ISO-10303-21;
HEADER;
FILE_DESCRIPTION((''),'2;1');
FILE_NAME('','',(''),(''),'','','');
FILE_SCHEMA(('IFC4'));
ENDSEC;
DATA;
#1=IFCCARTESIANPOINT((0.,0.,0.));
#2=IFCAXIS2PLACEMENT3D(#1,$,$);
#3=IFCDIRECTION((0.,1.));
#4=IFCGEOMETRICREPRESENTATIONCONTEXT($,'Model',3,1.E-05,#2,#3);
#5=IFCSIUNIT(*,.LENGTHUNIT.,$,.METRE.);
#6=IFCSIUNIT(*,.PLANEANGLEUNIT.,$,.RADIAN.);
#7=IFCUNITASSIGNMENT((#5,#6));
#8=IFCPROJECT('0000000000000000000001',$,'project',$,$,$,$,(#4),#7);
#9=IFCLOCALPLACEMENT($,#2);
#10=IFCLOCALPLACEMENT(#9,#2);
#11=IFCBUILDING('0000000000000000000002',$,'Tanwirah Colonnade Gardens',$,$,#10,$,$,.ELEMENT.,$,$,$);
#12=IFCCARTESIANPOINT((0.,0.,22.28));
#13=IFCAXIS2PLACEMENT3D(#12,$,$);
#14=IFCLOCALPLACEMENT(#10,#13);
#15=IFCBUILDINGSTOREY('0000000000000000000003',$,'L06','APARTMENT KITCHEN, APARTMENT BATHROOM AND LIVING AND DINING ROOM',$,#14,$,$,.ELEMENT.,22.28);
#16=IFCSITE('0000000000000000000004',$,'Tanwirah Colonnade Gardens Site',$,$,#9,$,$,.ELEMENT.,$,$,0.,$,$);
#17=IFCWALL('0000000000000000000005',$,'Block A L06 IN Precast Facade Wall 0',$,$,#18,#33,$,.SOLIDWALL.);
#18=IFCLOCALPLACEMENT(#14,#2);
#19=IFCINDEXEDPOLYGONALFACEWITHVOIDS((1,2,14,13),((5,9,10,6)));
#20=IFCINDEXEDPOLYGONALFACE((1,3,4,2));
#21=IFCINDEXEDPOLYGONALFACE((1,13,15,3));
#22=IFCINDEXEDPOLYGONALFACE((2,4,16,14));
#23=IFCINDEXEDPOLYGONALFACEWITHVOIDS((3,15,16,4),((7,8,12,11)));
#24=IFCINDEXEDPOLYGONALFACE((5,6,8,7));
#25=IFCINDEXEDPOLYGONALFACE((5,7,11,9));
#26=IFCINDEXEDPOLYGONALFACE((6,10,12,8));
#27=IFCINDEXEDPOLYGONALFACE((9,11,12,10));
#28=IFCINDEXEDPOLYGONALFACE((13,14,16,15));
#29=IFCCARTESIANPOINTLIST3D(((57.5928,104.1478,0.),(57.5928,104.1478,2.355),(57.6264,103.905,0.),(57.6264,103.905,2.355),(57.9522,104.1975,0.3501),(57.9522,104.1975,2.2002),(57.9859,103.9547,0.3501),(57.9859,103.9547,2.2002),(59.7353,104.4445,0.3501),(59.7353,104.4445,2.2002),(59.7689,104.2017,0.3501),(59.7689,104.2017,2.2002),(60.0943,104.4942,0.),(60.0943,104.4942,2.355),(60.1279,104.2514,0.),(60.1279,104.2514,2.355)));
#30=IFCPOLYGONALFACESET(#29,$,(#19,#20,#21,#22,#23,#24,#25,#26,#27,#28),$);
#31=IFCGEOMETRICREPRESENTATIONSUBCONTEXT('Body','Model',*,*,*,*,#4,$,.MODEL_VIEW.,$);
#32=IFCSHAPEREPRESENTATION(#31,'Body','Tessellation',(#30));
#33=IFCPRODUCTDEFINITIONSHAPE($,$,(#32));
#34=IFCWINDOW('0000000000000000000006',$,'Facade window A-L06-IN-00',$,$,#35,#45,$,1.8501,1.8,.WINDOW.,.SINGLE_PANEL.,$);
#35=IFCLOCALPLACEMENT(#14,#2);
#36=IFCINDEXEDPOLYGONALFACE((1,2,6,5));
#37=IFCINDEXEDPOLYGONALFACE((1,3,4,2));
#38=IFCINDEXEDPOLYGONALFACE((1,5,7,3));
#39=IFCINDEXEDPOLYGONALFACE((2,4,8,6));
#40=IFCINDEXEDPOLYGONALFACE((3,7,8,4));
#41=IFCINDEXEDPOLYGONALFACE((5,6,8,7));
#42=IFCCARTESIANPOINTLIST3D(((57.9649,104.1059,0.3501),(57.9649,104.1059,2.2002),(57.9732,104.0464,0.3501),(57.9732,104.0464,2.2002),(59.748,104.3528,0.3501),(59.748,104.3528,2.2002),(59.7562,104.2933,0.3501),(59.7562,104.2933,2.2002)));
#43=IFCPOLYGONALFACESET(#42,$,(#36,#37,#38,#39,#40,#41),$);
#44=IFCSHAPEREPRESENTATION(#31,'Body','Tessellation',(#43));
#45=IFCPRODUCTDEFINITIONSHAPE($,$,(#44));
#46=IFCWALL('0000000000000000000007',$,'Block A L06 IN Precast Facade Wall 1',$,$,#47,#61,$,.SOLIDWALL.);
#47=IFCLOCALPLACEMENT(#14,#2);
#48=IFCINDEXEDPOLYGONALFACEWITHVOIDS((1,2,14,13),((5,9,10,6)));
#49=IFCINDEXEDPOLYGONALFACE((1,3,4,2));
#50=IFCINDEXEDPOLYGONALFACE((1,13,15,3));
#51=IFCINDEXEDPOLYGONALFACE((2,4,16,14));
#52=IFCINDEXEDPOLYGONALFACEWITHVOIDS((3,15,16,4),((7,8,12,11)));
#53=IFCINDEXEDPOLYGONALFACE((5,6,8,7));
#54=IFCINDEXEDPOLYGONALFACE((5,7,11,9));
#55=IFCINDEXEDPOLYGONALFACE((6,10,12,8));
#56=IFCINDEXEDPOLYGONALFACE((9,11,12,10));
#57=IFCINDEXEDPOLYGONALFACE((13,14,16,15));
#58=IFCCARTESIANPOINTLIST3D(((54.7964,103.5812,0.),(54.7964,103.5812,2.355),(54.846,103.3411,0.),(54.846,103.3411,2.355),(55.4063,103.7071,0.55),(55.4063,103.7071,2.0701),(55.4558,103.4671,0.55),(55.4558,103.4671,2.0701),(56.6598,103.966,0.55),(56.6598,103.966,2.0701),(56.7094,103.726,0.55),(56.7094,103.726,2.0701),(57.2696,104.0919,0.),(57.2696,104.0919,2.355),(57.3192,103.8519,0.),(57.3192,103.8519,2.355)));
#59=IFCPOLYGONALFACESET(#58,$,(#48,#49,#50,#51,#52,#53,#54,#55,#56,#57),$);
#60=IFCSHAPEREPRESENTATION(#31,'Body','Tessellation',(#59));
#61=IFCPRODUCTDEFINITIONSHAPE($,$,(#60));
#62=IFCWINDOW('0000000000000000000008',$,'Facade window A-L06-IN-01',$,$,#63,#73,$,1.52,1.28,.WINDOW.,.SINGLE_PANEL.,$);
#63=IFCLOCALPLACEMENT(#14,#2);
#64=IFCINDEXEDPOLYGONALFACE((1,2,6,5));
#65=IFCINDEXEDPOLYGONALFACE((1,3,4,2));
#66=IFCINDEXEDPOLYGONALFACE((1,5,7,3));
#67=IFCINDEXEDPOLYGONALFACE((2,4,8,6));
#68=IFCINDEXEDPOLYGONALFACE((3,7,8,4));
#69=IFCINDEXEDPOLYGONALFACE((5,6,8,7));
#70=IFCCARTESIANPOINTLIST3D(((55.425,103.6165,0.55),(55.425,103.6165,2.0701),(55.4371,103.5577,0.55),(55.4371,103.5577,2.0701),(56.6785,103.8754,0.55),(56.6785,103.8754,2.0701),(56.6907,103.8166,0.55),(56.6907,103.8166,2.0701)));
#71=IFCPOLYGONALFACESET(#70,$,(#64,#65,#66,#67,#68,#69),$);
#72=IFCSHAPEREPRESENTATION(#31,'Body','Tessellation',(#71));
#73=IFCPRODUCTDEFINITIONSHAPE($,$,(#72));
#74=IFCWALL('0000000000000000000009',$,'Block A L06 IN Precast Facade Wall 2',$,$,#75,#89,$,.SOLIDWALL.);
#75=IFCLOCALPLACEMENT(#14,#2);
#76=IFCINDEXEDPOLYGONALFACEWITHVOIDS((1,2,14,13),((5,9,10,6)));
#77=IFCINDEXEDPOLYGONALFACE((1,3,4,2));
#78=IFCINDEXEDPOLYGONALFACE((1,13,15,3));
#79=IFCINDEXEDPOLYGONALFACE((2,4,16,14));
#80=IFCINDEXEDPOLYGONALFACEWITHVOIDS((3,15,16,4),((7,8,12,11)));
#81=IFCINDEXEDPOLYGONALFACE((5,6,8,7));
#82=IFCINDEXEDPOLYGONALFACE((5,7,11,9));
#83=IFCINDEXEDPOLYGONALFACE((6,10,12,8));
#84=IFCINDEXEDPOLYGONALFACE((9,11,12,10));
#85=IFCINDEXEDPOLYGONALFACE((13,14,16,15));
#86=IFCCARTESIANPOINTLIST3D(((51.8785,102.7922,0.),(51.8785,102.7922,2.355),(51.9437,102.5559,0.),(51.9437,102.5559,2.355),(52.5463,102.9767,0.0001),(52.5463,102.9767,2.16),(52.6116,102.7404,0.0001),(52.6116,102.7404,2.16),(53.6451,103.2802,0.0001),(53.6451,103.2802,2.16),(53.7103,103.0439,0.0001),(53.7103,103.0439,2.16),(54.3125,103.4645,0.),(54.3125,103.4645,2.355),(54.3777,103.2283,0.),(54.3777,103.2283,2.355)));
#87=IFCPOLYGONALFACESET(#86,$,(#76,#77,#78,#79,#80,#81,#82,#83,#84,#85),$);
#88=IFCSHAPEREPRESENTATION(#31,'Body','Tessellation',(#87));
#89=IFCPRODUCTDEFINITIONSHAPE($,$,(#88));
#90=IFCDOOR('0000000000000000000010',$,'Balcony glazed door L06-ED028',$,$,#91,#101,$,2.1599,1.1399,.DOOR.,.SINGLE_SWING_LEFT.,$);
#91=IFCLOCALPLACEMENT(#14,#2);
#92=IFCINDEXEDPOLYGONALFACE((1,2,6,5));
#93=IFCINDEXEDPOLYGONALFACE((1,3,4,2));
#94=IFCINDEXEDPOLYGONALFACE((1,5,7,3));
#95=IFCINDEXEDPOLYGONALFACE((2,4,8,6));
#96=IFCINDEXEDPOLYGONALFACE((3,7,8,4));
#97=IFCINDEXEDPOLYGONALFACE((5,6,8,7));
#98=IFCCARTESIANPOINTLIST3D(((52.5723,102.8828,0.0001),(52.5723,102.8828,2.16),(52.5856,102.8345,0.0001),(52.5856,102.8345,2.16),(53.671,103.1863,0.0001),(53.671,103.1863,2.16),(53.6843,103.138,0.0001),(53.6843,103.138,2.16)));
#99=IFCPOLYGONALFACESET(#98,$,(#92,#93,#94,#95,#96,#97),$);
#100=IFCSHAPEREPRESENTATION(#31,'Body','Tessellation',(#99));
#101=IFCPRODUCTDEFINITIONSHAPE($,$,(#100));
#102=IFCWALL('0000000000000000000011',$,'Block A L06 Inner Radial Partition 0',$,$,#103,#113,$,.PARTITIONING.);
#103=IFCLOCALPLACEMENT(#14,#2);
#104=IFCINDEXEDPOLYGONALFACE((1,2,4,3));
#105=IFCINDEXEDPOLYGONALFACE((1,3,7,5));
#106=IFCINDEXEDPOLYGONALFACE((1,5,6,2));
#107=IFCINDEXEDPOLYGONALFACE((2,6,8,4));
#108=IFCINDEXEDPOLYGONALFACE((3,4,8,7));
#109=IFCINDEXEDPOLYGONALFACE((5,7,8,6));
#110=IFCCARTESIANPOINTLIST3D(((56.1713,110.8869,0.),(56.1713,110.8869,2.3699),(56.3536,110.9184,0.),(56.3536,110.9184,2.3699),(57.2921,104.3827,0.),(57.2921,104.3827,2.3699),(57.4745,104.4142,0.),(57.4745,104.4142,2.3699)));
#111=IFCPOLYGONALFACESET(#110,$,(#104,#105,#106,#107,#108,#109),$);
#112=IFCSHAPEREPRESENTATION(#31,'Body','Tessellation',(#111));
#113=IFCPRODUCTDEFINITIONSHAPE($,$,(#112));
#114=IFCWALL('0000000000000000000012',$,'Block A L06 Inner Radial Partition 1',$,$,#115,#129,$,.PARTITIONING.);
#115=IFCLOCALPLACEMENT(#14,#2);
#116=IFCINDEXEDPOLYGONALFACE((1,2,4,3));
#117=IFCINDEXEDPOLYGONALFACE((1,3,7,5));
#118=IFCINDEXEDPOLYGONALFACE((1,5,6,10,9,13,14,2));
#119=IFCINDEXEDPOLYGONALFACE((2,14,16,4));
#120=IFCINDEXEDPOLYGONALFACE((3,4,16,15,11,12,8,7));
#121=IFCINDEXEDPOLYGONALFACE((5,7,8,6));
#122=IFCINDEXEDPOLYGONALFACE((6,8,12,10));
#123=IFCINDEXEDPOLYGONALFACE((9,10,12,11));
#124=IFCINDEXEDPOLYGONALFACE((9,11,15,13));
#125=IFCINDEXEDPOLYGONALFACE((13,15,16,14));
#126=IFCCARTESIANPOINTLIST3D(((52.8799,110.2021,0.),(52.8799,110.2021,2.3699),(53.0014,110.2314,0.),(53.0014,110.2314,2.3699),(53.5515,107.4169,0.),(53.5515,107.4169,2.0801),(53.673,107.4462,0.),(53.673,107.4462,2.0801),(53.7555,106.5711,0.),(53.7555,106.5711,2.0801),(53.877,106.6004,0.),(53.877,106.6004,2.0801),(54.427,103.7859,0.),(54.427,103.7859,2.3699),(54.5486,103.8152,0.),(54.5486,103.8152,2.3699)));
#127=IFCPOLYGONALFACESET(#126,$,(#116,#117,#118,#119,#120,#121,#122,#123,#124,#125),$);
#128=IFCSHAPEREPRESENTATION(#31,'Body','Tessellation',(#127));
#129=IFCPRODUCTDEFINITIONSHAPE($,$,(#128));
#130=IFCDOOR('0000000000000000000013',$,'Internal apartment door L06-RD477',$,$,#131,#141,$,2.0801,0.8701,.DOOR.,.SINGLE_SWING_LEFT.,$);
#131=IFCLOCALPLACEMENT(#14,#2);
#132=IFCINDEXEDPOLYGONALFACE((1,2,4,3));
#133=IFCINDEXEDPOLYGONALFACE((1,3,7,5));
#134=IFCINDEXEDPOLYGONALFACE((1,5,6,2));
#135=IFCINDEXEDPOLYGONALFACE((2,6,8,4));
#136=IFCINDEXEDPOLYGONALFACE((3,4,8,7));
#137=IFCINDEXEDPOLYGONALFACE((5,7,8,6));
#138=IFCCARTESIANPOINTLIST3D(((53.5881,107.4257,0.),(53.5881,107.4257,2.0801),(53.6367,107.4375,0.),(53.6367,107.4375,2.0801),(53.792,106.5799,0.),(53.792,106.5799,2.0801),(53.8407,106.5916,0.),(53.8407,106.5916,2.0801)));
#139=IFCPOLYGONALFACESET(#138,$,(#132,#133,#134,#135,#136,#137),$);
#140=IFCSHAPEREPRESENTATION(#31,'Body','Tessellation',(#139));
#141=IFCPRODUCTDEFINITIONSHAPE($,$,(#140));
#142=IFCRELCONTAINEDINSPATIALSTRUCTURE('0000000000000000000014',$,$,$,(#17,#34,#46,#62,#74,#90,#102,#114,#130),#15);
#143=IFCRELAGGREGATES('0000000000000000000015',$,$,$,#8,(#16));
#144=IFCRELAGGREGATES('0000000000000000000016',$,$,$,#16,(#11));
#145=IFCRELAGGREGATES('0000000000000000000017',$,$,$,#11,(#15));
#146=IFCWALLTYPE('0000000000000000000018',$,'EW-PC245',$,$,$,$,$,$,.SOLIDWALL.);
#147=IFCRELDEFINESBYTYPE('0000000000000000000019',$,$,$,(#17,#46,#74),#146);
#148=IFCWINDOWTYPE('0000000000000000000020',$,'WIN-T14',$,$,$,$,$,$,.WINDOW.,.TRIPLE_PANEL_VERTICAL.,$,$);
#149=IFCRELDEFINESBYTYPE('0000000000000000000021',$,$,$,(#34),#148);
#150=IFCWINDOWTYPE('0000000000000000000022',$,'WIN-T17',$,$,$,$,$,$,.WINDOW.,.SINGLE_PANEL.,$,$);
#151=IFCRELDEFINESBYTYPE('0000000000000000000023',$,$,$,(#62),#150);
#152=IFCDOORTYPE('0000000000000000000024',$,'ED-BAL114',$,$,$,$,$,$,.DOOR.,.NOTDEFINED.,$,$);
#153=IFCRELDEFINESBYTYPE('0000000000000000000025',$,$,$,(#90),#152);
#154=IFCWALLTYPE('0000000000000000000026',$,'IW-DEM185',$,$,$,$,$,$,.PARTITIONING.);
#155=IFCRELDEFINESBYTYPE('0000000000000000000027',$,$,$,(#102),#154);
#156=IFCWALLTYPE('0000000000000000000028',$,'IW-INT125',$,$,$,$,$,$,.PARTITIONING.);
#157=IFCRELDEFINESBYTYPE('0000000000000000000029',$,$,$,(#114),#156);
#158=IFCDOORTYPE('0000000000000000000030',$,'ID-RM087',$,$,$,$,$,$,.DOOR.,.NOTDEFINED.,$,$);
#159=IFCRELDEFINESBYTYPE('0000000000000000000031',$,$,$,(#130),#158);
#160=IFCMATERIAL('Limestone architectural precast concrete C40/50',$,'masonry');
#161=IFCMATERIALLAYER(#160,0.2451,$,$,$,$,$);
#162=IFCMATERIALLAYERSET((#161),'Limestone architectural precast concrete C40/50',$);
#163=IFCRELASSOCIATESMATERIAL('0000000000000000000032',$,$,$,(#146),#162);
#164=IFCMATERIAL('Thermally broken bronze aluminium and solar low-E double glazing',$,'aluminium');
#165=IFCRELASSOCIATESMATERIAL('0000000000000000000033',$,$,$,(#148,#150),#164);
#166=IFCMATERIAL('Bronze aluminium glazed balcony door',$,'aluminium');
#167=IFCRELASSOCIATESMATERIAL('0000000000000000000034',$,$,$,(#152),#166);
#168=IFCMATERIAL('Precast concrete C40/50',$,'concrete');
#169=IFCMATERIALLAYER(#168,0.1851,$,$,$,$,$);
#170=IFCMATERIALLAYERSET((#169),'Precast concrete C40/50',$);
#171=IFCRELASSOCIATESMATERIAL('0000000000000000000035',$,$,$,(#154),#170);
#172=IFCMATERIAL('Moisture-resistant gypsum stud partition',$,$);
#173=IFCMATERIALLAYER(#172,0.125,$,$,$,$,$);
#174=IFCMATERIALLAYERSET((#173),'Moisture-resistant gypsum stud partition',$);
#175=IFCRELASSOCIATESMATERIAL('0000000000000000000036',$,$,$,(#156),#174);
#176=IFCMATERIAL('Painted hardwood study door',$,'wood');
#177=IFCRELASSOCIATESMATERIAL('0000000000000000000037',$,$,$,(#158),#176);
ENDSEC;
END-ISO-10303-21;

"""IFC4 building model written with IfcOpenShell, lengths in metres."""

from ifc_helpers import new_model, si_unit, direction, frame, frame_2d, origin, place, context, subcontext, project, spatial, rectangle, extrude, material, layer, layer_set, type_object, element, fill, save


model = new_model("IFC4")

# Units and contexts
model_context = context("Model", 3, precision=1e-05, world=origin(), true_north=direction((0.0, 1.0)))
body_context = subcontext(model_context, "Body", "Model", "MODEL_VIEW")
ifc_project = project(units=[si_unit("LENGTHUNIT", "METRE"), si_unit("PLANEANGLEUNIT", "RADIAN")], contexts=[model_context])

# Site, building, storey
site_placement = place(None, origin())
site = spatial("IfcSite", under=ifc_project, at=site_placement, Name="Tanwirah Colonnade Gardens Site", CompositionType="ELEMENT", RefElevation=0.0)
building_placement = place(site_placement, origin())
building = spatial("IfcBuilding", under=site, at=building_placement, Name="Tanwirah Colonnade Gardens", CompositionType="ELEMENT")
storey_placement = place(building_placement, frame((0.0, 0.0, 22.28)))
storey = spatial("IfcBuildingStorey", under=building, at=storey_placement, Name="L06", Description="APARTMENT KITCHEN, APARTMENT BATHROOM AND LIVING AND DINING ROOM", CompositionType="ELEMENT", Elevation=22.28)

# Shared definitions
ifc_material_1 = material(Name="Precast concrete C40/50", Category="concrete")

# Walls, openings, windows
ifc_material_2 = material(Name="Limestone architectural precast concrete C40/50", Category="masonry")
ifc_layer_1 = layer(ifc_material_2, 0.2451)
ifc_layer_set_1 = layer_set([ifc_layer_1], Name="Limestone architectural precast concrete C40/50")
wall_type_1 = type_object("IfcWallType", Name="EW-PC245", PredefinedType="SOLIDWALL", material=ifc_layer_set_1)
wall_1_placement = place(storey_placement, frame((60.1111, 104.3728, 0.0), z_axis=(0.0, 0.0, 1.0), x_axis=(-0.990546, -0.137184, 0.0)))
wall_1 = element("IfcWall", 1, at=wall_1_placement, inside=storey, type_object=wall_type_1, Name="Block A L06 IN Precast Facade Wall 0", PredefinedType="SOLIDWALL", context=body_context, shape_type="SweptSolid", body=[
    extrude(rectangle(XDim=2.5254, YDim=0.2451, at=frame_2d((1.2627, 0.0))), origin(), (0.0, 0.0, 1.0), 2.355),
])
opening_1_placement = place(wall_1_placement, frame((0.3625, 0.0, 0.3501)))
opening_1 = element("IfcOpeningElement", 2, at=opening_1_placement, cuts=wall_1, PredefinedType="OPENING", context=body_context, shape_type="SweptSolid", body=[
    extrude(rectangle(XDim=1.8, YDim=1.8501, at=frame_2d((0.8999, 0.925))), frame((0.0, 0.1326, 0.0), z_axis=(0.0, -1.0, 0.0), x_axis=(1.0, 0.0, 0.0)), (0.0, 0.0, 1.0), 0.2651),
])
ifc_material_3 = material(Name="Thermally broken bronze aluminium and solar low-E double glazing", Category="aluminium")
window_type_1 = type_object("IfcWindowType", Name="WIN-T14", PartitioningType="TRIPLE_PANEL_VERTICAL", PredefinedType="WINDOW", material=ifc_material_3)
window_1_placement = place(opening_1_placement, origin())
window_1 = element("IfcWindow", 3, at=window_1_placement, inside=storey, type_object=window_type_1, Name="Facade window A-L06-IN-00", OverallHeight=1.8501, OverallWidth=1.8, PartitioningType="SINGLE_PANEL", PredefinedType="WINDOW", context=body_context, shape_type="SweptSolid", body=[
    extrude(rectangle(XDim=1.8, YDim=1.8501, at=frame_2d((0.8999, 0.925))), frame((0.0, 0.03, 0.0), z_axis=(0.0, -1.0, 0.0), x_axis=(1.0, 0.0, 0.0)), (0.0, 0.0, 1.0), 0.0601),
])
fill(opening_1, window_1)
wall_2_placement = place(storey_placement, frame((57.2944, 103.9719, 0.0), z_axis=(0.0, 0.0, 1.0), x_axis=(-0.979334, -0.202248, 0.0)))
wall_2 = element("IfcWall", 4, at=wall_2_placement, inside=storey, type_object=wall_type_1, Name="Block A L06 IN Precast Facade Wall 1", PredefinedType="SOLIDWALL", context=body_context, shape_type="SweptSolid", body=[
    extrude(rectangle(XDim=2.5254, YDim=0.2451, at=frame_2d((1.2627, 0.0))), origin(), (0.0, 0.0, 1.0), 2.355),
])
opening_2_placement = place(wall_2_placement, frame((0.6226, 0.0, 0.55)))
opening_2 = element("IfcOpeningElement", 5, at=opening_2_placement, cuts=wall_2, PredefinedType="OPENING", context=body_context, shape_type="SweptSolid", body=[
    extrude(rectangle(XDim=1.28, YDim=1.52, at=frame_2d((0.6401, 0.76))), frame((0.0, 0.1326, 0.0), z_axis=(0.0, -1.0, 0.0), x_axis=(1.0, 0.0, 0.0)), (0.0, 0.0, 1.0), 0.2651),
])
window_type_2 = type_object("IfcWindowType", Name="WIN-T17", PartitioningType="SINGLE_PANEL", PredefinedType="WINDOW", material=ifc_material_3)
window_2_placement = place(opening_2_placement, origin())
window_2 = element("IfcWindow", 6, at=window_2_placement, inside=storey, type_object=window_type_2, Name="Facade window A-L06-IN-01", OverallHeight=1.52, OverallWidth=1.28, PartitioningType="SINGLE_PANEL", PredefinedType="WINDOW", context=body_context, shape_type="SweptSolid", body=[
    extrude(rectangle(XDim=1.28, YDim=1.52, at=frame_2d((0.6401, 0.76))), frame((0.0, 0.03, 0.0), z_axis=(0.0, -1.0, 0.0), x_axis=(1.0, 0.0, 0.0)), (0.0, 0.0, 1.0), 0.0601),
])
fill(opening_2, window_2)

# Wall, opening, door
wall_3_placement = place(storey_placement, frame((54.3452, 103.3464, 0.0), z_axis=(0.0, 0.0, 1.0), x_axis=(-0.963902, -0.266257, 0.0)))
wall_3 = element("IfcWall", 7, at=wall_3_placement, inside=storey, type_object=wall_type_1, Name="Block A L06 IN Precast Facade Wall 2", PredefinedType="SOLIDWALL", context=body_context, shape_type="SweptSolid", body=[
    extrude(rectangle(XDim=2.5251, YDim=0.2451, at=frame_2d((1.2627, 0.0))), origin(), (0.0, 0.0, 1.0), 2.355),
])
opening_3_placement = place(wall_3_placement, frame((0.6926, 0.0, 0.0)))
opening_3 = element("IfcOpeningElement", 8, at=opening_3_placement, cuts=wall_3, PredefinedType="OPENING", context=body_context, shape_type="SweptSolid", body=[
    extrude(rectangle(XDim=1.1399, YDim=2.1599, at=frame_2d((0.5698, 1.0801))), frame((0.0, 0.1326, 0.0), z_axis=(0.0, -1.0, 0.0), x_axis=(1.0, 0.0, 0.0)), (0.0, 0.0, 1.0), 0.2651),
])
ifc_material_4 = material(Name="Bronze aluminium glazed balcony door", Category="aluminium")
door_type_1 = type_object("IfcDoorType", Name="ED-BAL114", OperationType="NOTDEFINED", PredefinedType="DOOR", material=ifc_material_4)
door_1_placement = place(opening_3_placement, origin())
door_1 = element("IfcDoor", 9, at=door_1_placement, inside=storey, type_object=door_type_1, Name="Balcony glazed door L06-ED028", OperationType="SINGLE_SWING_LEFT", OverallHeight=2.1599, OverallWidth=1.1399, PredefinedType="DOOR", context=body_context, shape_type="SweptSolid", body=[
    extrude(rectangle(XDim=1.1399, YDim=2.1599, at=frame_2d((0.5698, 1.0801))), frame((0.0, 0.0249, 0.0), z_axis=(0.0, -1.0, 0.0), x_axis=(1.0, 0.0, 0.0)), (0.0, 0.0, 1.0), 0.05),
])
fill(opening_3, door_1)

# Wall
ifc_layer_2 = layer(ifc_material_1, 0.1851)
ifc_layer_set_2 = layer_set([ifc_layer_2], Name="Precast concrete C40/50")
wall_type_2 = type_object("IfcWallType", Name="IW-DEM185", PredefinedType="PARTITIONING", material=ifc_layer_set_2)
wall_4_placement = place(storey_placement, frame((57.3833, 104.3984, 0.0), z_axis=(0.0, 0.0, 1.0), x_axis=(-0.169825, 0.985474, 0.0)))
element("IfcWall", 10, at=wall_4_placement, inside=storey, type_object=wall_type_2, Name="Block A L06 Inner Radial Partition 0", PredefinedType="PARTITIONING", context=body_context, shape_type="SweptSolid", body=[
    extrude(rectangle(XDim=6.6001, YDim=0.1851, at=frame_2d((3.3, 0.0))), origin(), (0.0, 0.0, 1.0), 2.3699),
])

# Wall, opening, door
ifc_material_5 = material(Name="Moisture-resistant gypsum stud partition")
ifc_layer_3 = layer(ifc_material_5, 0.125)
ifc_layer_set_3 = layer_set([ifc_layer_3], Name="Moisture-resistant gypsum stud partition")
wall_type_3 = type_object("IfcWallType", Name="IW-INT125", PredefinedType="PARTITIONING", material=ifc_layer_set_3)
wall_5_placement = place(storey_placement, frame((54.4878, 103.8005, 0.0), z_axis=(0.0, 0.0, 1.0), x_axis=(-0.234407, 0.972139, 0.0)))
wall_5 = element("IfcWall", 11, at=wall_5_placement, inside=storey, type_object=wall_type_3, Name="Block A L06 Inner Radial Partition 1", PredefinedType="PARTITIONING", context=body_context, shape_type="SweptSolid", body=[
    extrude(rectangle(XDim=6.6001, YDim=0.125, at=frame_2d((3.3, 0.0))), origin(), (0.0, 0.0, 1.0), 2.3699),
])
opening_4_placement = place(wall_5_placement, frame((2.865, 0.0, 0.0)))
opening_4 = element("IfcOpeningElement", 12, at=opening_4_placement, cuts=wall_5, PredefinedType="OPENING", context=body_context, shape_type="SweptSolid", body=[
    extrude(rectangle(XDim=0.8701, YDim=2.0801, at=frame_2d((0.4351, 1.04))), frame((0.0, 0.0725, 0.0), z_axis=(0.0, -1.0, 0.0), x_axis=(1.0, 0.0, 0.0)), (0.0, 0.0, 1.0), 0.145),
])
ifc_material_6 = material(Name="Painted hardwood study door", Category="wood")
door_type_2 = type_object("IfcDoorType", Name="ID-RM087", OperationType="NOTDEFINED", PredefinedType="DOOR", material=ifc_material_6)
door_2_placement = place(opening_4_placement, origin())
door_2 = element("IfcDoor", 13, at=door_2_placement, inside=storey, type_object=door_type_2, Name="Internal apartment door L06-RD477", OperationType="SINGLE_SWING_LEFT", OverallHeight=2.0801, OverallWidth=0.8701, PredefinedType="DOOR", context=body_context, shape_type="SweptSolid", body=[
    extrude(rectangle(XDim=0.8701, YDim=2.0801, at=frame_2d((0.4351, 1.04))), frame((0.0, 0.0249, 0.0), z_axis=(0.0, -1.0, 0.0), x_axis=(1.0, 0.0, 0.0)), (0.0, 0.0, 1.0), 0.05),
])
fill(opening_4, door_2)

save(model, "model.ifc")
